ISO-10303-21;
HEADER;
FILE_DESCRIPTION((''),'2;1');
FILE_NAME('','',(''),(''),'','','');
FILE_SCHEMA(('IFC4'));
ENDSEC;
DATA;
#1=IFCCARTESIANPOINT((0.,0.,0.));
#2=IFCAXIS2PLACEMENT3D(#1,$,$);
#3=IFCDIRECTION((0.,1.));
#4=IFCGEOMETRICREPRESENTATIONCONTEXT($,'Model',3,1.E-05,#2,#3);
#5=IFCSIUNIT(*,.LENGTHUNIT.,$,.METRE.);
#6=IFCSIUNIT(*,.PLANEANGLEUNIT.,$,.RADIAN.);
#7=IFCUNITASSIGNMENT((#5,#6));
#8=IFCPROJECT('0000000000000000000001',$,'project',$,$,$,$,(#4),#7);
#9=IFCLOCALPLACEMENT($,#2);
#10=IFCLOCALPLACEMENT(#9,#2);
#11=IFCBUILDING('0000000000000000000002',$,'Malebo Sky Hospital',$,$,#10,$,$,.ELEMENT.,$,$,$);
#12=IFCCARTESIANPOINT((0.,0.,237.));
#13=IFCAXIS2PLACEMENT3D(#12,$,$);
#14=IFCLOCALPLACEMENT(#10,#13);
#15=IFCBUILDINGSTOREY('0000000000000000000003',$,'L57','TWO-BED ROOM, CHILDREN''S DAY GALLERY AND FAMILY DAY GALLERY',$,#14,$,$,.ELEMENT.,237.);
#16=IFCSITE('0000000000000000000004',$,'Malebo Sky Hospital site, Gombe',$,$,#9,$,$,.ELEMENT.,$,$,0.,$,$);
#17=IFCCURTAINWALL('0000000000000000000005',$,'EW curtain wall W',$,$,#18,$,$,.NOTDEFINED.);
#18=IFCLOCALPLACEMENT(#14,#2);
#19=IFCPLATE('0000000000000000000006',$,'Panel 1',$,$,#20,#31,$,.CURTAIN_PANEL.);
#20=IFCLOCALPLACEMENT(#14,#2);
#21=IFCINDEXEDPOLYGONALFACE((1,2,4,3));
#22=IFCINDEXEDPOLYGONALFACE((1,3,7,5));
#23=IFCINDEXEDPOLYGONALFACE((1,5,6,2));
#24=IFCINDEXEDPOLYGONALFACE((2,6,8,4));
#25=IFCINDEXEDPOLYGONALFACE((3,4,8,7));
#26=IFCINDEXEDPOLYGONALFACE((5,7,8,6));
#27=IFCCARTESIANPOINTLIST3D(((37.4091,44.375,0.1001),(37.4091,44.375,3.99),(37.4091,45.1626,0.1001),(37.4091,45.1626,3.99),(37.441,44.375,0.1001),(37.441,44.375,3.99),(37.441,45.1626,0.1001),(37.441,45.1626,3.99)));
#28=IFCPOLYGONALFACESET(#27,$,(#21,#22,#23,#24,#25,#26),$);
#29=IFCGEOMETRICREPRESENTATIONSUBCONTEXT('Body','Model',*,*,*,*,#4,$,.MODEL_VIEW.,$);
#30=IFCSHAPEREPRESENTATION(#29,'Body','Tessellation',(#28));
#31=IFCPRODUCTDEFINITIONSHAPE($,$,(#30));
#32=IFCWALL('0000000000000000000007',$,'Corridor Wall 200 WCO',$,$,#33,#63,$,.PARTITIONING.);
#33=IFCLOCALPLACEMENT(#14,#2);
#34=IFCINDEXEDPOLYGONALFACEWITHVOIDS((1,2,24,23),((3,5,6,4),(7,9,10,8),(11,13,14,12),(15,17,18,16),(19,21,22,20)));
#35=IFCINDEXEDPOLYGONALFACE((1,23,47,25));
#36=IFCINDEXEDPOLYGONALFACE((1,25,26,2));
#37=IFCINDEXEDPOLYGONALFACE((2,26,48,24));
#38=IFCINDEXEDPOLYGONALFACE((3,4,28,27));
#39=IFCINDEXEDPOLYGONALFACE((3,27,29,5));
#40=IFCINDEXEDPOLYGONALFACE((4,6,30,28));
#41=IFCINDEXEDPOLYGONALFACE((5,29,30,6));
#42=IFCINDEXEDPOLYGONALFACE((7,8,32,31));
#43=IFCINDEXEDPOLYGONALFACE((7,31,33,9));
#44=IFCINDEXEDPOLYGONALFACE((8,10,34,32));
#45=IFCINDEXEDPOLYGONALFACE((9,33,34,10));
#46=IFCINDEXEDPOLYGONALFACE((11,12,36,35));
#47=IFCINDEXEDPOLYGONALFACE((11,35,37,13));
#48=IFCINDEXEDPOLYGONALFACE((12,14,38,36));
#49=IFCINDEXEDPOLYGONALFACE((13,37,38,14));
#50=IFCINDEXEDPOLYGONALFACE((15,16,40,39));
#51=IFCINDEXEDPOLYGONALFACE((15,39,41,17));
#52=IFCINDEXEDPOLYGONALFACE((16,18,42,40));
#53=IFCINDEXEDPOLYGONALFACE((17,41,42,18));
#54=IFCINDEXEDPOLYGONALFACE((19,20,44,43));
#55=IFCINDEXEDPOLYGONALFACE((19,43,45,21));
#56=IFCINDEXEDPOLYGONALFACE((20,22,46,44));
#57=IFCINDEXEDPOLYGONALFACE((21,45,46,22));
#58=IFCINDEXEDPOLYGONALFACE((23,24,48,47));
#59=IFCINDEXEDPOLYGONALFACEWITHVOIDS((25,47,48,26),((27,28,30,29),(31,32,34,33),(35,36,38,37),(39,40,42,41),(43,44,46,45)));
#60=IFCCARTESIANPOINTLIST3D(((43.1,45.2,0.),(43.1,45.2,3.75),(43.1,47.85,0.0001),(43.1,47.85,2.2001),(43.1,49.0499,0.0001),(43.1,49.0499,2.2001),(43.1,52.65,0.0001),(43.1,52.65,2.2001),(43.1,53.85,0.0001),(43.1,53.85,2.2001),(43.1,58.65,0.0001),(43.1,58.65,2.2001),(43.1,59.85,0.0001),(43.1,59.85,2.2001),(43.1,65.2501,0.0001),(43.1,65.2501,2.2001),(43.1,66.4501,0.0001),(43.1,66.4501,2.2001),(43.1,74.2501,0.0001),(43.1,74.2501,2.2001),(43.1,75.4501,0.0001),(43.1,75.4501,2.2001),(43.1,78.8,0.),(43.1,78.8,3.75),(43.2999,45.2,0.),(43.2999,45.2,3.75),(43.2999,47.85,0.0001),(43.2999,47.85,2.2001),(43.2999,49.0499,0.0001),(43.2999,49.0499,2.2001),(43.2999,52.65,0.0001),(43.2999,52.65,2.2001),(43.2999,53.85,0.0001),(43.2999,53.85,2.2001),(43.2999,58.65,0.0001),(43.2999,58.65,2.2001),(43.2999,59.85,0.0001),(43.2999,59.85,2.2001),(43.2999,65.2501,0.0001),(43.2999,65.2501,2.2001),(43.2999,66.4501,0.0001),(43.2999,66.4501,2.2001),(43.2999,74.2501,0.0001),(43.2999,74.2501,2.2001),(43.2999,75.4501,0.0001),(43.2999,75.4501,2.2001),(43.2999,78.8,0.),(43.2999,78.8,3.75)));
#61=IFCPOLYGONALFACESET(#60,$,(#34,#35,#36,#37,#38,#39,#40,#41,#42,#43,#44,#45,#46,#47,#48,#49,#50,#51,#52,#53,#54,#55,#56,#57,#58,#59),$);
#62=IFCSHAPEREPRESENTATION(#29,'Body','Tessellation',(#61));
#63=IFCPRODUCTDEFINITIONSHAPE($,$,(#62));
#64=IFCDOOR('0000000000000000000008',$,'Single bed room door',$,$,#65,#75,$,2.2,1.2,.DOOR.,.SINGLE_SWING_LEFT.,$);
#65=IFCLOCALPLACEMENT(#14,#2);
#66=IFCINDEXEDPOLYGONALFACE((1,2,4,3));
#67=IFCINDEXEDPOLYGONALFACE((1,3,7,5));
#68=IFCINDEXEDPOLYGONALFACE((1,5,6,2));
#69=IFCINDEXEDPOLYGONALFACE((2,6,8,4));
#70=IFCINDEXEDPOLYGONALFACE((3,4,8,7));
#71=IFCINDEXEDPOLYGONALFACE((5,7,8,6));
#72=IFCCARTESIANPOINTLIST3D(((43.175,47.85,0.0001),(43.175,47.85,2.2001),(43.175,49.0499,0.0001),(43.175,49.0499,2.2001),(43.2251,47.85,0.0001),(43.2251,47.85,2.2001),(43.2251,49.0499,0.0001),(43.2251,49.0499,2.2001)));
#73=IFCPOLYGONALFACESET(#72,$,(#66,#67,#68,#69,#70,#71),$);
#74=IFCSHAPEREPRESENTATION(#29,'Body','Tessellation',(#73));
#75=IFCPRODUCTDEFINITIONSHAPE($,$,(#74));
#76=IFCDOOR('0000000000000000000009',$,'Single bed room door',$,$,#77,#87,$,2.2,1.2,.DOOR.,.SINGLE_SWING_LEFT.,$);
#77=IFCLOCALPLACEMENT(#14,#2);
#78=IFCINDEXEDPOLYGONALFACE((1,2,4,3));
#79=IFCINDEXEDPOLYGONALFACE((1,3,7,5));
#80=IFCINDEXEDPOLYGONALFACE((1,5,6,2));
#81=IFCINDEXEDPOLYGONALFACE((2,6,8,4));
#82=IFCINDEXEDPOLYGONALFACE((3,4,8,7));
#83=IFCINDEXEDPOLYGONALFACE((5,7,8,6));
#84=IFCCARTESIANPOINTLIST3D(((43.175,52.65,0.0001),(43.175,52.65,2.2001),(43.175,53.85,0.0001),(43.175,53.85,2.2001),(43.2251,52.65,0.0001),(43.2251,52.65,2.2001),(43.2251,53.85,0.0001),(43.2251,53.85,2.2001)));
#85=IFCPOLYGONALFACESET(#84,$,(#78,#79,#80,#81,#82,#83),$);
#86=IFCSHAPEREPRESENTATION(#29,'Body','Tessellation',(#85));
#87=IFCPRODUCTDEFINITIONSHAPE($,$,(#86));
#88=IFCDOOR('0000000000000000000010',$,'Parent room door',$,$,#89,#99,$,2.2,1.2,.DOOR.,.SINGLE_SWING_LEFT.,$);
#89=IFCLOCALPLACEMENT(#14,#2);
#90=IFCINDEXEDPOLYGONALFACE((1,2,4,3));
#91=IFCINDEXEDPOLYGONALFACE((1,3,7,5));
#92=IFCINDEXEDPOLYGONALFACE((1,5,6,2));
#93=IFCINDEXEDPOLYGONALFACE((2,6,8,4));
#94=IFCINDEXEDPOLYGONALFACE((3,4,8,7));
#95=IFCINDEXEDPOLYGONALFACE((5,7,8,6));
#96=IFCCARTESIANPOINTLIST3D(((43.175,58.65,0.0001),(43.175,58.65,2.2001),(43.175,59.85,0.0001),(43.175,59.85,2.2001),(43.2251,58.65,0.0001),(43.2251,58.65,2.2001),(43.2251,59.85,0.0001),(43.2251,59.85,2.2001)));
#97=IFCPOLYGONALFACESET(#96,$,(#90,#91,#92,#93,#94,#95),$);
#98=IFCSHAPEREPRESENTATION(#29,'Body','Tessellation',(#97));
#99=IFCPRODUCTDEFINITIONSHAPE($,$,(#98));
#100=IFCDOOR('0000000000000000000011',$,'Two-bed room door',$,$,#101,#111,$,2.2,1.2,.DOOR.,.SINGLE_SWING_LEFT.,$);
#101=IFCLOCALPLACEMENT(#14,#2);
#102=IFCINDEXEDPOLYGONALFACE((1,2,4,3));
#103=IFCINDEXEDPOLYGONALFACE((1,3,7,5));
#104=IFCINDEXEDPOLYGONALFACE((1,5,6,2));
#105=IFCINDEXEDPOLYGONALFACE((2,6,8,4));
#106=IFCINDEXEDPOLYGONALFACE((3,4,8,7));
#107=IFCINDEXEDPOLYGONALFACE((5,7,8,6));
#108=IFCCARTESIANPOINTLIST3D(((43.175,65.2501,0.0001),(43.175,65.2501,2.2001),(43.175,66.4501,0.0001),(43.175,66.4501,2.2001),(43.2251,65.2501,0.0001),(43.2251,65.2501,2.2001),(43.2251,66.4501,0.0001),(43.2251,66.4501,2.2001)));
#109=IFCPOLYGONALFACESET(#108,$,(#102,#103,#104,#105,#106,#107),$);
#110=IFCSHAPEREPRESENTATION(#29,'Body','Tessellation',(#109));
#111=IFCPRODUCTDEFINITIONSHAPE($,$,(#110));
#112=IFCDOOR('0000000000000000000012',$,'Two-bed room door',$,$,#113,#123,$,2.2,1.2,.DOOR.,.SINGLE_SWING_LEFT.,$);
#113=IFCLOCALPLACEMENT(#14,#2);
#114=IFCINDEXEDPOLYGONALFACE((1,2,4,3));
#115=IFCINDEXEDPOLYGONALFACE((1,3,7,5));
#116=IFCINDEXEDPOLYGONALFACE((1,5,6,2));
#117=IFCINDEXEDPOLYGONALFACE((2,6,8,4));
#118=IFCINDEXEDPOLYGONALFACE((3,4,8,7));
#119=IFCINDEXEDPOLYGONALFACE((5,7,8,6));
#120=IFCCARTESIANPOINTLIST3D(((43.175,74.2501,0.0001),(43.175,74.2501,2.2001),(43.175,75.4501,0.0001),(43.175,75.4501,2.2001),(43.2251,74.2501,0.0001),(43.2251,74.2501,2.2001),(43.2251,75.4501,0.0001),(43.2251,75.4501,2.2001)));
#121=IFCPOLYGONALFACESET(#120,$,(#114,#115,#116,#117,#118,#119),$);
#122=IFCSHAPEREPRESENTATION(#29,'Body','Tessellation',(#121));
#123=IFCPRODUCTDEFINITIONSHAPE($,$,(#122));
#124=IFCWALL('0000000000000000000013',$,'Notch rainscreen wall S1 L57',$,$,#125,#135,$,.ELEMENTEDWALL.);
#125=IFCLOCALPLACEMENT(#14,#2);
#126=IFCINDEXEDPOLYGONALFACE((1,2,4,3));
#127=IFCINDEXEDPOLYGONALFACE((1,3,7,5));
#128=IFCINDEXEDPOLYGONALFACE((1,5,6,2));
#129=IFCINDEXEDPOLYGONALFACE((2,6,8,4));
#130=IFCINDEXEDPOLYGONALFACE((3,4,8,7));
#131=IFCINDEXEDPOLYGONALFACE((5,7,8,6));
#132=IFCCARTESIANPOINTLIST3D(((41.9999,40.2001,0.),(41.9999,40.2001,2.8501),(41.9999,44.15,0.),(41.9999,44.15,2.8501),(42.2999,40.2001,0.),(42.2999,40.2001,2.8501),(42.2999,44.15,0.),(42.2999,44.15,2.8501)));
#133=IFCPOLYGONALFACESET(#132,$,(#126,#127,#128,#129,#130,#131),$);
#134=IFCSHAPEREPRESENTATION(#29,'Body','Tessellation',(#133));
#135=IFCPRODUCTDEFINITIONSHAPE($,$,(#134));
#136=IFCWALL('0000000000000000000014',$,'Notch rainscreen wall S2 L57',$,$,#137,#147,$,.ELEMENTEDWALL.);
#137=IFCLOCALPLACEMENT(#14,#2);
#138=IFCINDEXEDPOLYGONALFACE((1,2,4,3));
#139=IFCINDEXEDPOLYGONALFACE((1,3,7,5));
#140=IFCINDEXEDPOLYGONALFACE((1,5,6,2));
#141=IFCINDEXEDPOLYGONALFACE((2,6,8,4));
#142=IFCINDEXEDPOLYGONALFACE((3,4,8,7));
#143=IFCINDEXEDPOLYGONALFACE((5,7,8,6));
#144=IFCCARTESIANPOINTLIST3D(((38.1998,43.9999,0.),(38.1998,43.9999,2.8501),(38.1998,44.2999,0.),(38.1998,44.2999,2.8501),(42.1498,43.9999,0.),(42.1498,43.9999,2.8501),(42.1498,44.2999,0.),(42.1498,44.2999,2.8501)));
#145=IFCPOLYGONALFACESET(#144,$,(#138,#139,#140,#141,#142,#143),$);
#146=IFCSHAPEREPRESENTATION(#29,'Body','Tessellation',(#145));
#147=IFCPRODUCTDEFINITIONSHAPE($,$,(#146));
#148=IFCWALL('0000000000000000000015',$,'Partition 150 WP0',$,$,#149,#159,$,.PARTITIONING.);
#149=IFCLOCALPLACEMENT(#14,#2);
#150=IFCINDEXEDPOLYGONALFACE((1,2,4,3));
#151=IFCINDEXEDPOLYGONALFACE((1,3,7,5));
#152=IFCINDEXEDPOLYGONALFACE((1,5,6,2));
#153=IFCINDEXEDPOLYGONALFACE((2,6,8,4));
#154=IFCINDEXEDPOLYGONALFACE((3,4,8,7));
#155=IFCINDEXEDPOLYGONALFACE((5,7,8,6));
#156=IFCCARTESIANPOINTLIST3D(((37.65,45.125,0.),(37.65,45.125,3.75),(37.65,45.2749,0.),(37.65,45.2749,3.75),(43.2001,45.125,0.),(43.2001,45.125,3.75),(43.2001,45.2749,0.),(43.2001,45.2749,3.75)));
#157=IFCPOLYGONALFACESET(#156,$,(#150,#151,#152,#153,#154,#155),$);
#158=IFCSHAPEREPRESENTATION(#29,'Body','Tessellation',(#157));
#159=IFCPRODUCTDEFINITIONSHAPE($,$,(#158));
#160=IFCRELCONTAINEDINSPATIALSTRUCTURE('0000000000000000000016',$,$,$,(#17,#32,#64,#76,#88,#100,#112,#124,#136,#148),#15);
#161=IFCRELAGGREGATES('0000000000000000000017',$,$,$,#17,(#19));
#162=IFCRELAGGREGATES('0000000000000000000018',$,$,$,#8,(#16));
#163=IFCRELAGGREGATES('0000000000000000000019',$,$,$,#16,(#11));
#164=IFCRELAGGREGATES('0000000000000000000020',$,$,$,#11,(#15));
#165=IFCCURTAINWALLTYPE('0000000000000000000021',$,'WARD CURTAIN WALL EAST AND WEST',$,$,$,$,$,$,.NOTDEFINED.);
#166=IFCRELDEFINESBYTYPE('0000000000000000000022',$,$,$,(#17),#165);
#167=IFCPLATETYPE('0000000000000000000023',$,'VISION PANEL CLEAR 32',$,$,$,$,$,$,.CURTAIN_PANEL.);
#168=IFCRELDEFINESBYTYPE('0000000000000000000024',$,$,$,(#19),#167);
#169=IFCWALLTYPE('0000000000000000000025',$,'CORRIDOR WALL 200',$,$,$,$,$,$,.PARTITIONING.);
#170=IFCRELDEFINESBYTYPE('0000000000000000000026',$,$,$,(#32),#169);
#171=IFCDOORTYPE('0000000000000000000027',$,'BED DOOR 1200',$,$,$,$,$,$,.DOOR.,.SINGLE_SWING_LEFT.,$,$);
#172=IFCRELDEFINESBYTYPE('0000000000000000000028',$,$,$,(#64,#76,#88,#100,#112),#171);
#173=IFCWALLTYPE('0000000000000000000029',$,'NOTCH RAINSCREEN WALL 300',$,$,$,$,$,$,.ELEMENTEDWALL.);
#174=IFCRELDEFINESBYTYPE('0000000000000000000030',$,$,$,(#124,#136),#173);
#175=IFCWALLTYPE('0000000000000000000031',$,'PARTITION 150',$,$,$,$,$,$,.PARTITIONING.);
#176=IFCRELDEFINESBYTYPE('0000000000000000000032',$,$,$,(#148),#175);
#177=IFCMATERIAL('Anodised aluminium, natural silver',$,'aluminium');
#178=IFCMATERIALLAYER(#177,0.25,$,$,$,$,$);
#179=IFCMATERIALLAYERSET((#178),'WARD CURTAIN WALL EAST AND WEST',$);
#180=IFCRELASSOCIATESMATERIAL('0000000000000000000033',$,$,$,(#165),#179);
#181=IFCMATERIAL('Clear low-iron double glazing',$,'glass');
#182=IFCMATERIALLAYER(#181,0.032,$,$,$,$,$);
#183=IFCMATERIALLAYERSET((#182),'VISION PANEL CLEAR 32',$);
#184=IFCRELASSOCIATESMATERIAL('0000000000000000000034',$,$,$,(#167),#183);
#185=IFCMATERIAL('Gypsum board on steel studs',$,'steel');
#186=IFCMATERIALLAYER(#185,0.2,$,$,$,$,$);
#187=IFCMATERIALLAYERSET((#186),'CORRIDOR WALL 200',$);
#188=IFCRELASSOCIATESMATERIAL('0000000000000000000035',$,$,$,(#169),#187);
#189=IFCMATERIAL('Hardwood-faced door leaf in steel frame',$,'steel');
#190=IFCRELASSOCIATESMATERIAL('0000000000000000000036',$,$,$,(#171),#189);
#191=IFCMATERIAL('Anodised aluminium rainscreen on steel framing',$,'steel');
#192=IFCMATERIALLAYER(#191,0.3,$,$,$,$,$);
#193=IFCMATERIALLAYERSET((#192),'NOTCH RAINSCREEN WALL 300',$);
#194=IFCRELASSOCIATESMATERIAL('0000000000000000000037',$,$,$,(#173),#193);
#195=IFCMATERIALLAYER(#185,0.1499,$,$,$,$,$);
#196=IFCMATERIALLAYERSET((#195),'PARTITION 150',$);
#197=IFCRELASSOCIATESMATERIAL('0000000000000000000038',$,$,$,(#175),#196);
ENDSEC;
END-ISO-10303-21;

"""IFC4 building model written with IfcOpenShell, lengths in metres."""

from ifc_helpers import new_model, si_unit, direction, frame, frame_2d, origin, origin_2d, place, context, subcontext, project, spatial, rectangle, extrude, material, layer, layer_set, type_object, element, fill, aggregate, save


model = new_model("IFC4")

# Units and contexts
model_context = context("Model", 3, precision=1e-05, world=origin(), true_north=direction((0.0, 1.0)))
body_context = subcontext(model_context, "Body", "Model", "MODEL_VIEW")
ifc_project = project(units=[si_unit("LENGTHUNIT", "METRE"), si_unit("PLANEANGLEUNIT", "RADIAN")], contexts=[model_context])

# Site, building, storey
site_placement = place(None, origin())
site = spatial("IfcSite", under=ifc_project, at=site_placement, Name="Malebo Sky Hospital site, Gombe", CompositionType="ELEMENT", RefElevation=0.0)
building_placement = place(site_placement, origin())
building = spatial("IfcBuilding", under=site, at=building_placement, Name="Malebo Sky Hospital", CompositionType="ELEMENT")
storey_placement = place(building_placement, frame((0.0, 0.0, 237.0)))
storey = spatial("IfcBuildingStorey", under=building, at=storey_placement, Name="L57", Description="TWO-BED ROOM, CHILDREN'S DAY GALLERY AND FAMILY DAY GALLERY", CompositionType="ELEMENT", Elevation=237.0)

# Curtain wall
ifc_material_1 = material(Name="Anodised aluminium, natural silver", Category="aluminium")
ifc_layer_1 = layer(ifc_material_1, 0.25)
ifc_layer_set_1 = layer_set([ifc_layer_1], Name="WARD CURTAIN WALL EAST AND WEST")
curtain_wall_type_1 = type_object("IfcCurtainWallType", Name="WARD CURTAIN WALL EAST AND WEST", PredefinedType="NOTDEFINED", material=ifc_layer_set_1)
curtain_wall_1_placement = place(storey_placement, origin())
curtain_wall_1 = element("IfcCurtainWall", 1, at=curtain_wall_1_placement, inside=storey, type_object=curtain_wall_type_1, Name="EW curtain wall W", PredefinedType="NOTDEFINED")

# Plate
ifc_material_2 = material(Name="Clear low-iron double glazing", Category="glass")
ifc_layer_2 = layer(ifc_material_2, 0.032)
ifc_layer_set_2 = layer_set([ifc_layer_2], Name="VISION PANEL CLEAR 32")
plate_type = type_object("IfcPlateType", Name="VISION PANEL CLEAR 32", PredefinedType="CURTAIN_PANEL", material=ifc_layer_set_2)
plate_placement = place(storey_placement, frame((37.425, 44.7688, 0.1001), z_axis=(0.0, 0.0, 1.0), x_axis=(0.0, 1.0, 0.0)))
plate = element("IfcPlate", 2, at=plate_placement, type_object=plate_type, Name="Panel 1", PredefinedType="CURTAIN_PANEL", context=body_context, shape_type="SweptSolid", body=[
    extrude(rectangle(XDim=0.7876, YDim=0.032, at=origin_2d()), origin(), (0.0, 0.0, 1.0), 3.8899),
])
aggregate(curtain_wall_1, [plate])

# Wall, openings, doors
ifc_material_3 = material(Name="Gypsum board on steel studs", Category="steel")
ifc_layer_3 = layer(ifc_material_3, 0.2)
ifc_layer_set_3 = layer_set([ifc_layer_3], Name="CORRIDOR WALL 200")
wall_type_1 = type_object("IfcWallType", Name="CORRIDOR WALL 200", PredefinedType="PARTITIONING", material=ifc_layer_set_3)
wall_1_placement = place(storey_placement, frame((43.2, 45.2, 0.0), z_axis=(0.0, 0.0, 1.0), x_axis=(0.0, 1.0, 0.0)))
wall_1 = element("IfcWall", 3, at=wall_1_placement, inside=storey, type_object=wall_type_1, Name="Corridor Wall 200 WCO", PredefinedType="PARTITIONING", context=body_context, shape_type="SweptSolid", body=[
    extrude(rectangle(XDim=33.6001, YDim=0.2, at=frame_2d((16.8, 0.0))), origin(), (0.0, 0.0, 1.0), 3.75),
])
opening_1_placement = place(wall_1_placement, frame((2.6499, 0.0, 0.0)))
opening_1 = element("IfcOpeningElement", 4, at=opening_1_placement, cuts=wall_1, PredefinedType="OPENING", context=body_context, shape_type="SweptSolid", body=[
    extrude(rectangle(XDim=1.2, YDim=2.2, at=frame_2d((0.6001, 1.1001))), frame((0.0, 0.1099, 0.0), z_axis=(0.0, -1.0, 0.0), x_axis=(1.0, 0.0, 0.0)), (0.0, 0.0, 1.0), 0.22),
])
opening_2_placement = place(wall_1_placement, frame((7.45, 0.0, 0.0)))
opening_2 = element("IfcOpeningElement", 5, at=opening_2_placement, cuts=wall_1, PredefinedType="OPENING", context=body_context, shape_type="SweptSolid", body=[
    extrude(rectangle(XDim=1.2, YDim=2.2, at=frame_2d((0.6001, 1.1001))), frame((0.0, 0.1099, 0.0), z_axis=(0.0, -1.0, 0.0), x_axis=(1.0, 0.0, 0.0)), (0.0, 0.0, 1.0), 0.22),
])
opening_3_placement = place(wall_1_placement, frame((13.45, 0.0, 0.0)))
opening_3 = element("IfcOpeningElement", 6, at=opening_3_placement, cuts=wall_1, PredefinedType="OPENING", context=body_context, shape_type="SweptSolid", body=[
    extrude(rectangle(XDim=1.2, YDim=2.2, at=frame_2d((0.6001, 1.1001))), frame((0.0, 0.1099, 0.0), z_axis=(0.0, -1.0, 0.0), x_axis=(1.0, 0.0, 0.0)), (0.0, 0.0, 1.0), 0.22),
])
opening_4_placement = place(wall_1_placement, frame((20.05, 0.0, 0.0)))
opening_4 = element("IfcOpeningElement", 7, at=opening_4_placement, cuts=wall_1, PredefinedType="OPENING", context=body_context, shape_type="SweptSolid", body=[
    extrude(rectangle(XDim=1.2, YDim=2.2, at=frame_2d((0.6001, 1.1001))), frame((0.0, 0.1099, 0.0), z_axis=(0.0, -1.0, 0.0), x_axis=(1.0, 0.0, 0.0)), (0.0, 0.0, 1.0), 0.22),
])
opening_5_placement = place(wall_1_placement, frame((29.05, 0.0, 0.0)))
opening_5 = element("IfcOpeningElement", 8, at=opening_5_placement, cuts=wall_1, PredefinedType="OPENING", context=body_context, shape_type="SweptSolid", body=[
    extrude(rectangle(XDim=1.2, YDim=2.2, at=frame_2d((0.6001, 1.1001))), frame((0.0, 0.1099, 0.0), z_axis=(0.0, -1.0, 0.0), x_axis=(1.0, 0.0, 0.0)), (0.0, 0.0, 1.0), 0.22),
])
ifc_material_4 = material(Name="Hardwood-faced door leaf in steel frame", Category="steel")
door_type_1 = type_object("IfcDoorType", Name="BED DOOR 1200", OperationType="SINGLE_SWING_LEFT", PredefinedType="DOOR", material=ifc_material_4)
door_1_placement = place(opening_1_placement, origin())
door_1 = element("IfcDoor", 9, at=door_1_placement, inside=storey, type_object=door_type_1, Name="Single bed room door", OperationType="SINGLE_SWING_LEFT", OverallHeight=2.2, OverallWidth=1.2, PredefinedType="DOOR", context=body_context, shape_type="SweptSolid", body=[
    extrude(rectangle(XDim=1.2, YDim=2.2, at=frame_2d((0.6001, 1.1001))), frame((0.0, 0.0249, 0.0), z_axis=(0.0, -1.0, 0.0), x_axis=(1.0, 0.0, 0.0)), (0.0, 0.0, 1.0), 0.05),
])
fill(opening_1, door_1)
door_2_placement = place(opening_2_placement, origin())
door_2 = element("IfcDoor", 10, at=door_2_placement, inside=storey, type_object=door_type_1, Name="Single bed room door", OperationType="SINGLE_SWING_LEFT", OverallHeight=2.2, OverallWidth=1.2, PredefinedType="DOOR", context=body_context, shape_type="SweptSolid", body=[
    extrude(rectangle(XDim=1.2, YDim=2.2, at=frame_2d((0.6001, 1.1001))), frame((0.0, 0.0249, 0.0), z_axis=(0.0, -1.0, 0.0), x_axis=(1.0, 0.0, 0.0)), (0.0, 0.0, 1.0), 0.05),
])
fill(opening_2, door_2)
door_3_placement = place(opening_3_placement, origin())
door_3 = element("IfcDoor", 11, at=door_3_placement, inside=storey, type_object=door_type_1, Name="Parent room door", OperationType="SINGLE_SWING_LEFT", OverallHeight=2.2, OverallWidth=1.2, PredefinedType="DOOR", context=body_context, shape_type="SweptSolid", body=[
    extrude(rectangle(XDim=1.2, YDim=2.2, at=frame_2d((0.6001, 1.1001))), frame((0.0, 0.0249, 0.0), z_axis=(0.0, -1.0, 0.0), x_axis=(1.0, 0.0, 0.0)), (0.0, 0.0, 1.0), 0.05),
])
fill(opening_3, door_3)
door_4_placement = place(opening_4_placement, origin())
door_4 = element("IfcDoor", 12, at=door_4_placement, inside=storey, type_object=door_type_1, Name="Two-bed room door", OperationType="SINGLE_SWING_LEFT", OverallHeight=2.2, OverallWidth=1.2, PredefinedType="DOOR", context=body_context, shape_type="SweptSolid", body=[
    extrude(rectangle(XDim=1.2, YDim=2.2, at=frame_2d((0.6001, 1.1001))), frame((0.0, 0.0249, 0.0), z_axis=(0.0, -1.0, 0.0), x_axis=(1.0, 0.0, 0.0)), (0.0, 0.0, 1.0), 0.05),
])
fill(opening_4, door_4)
door_5_placement = place(opening_5_placement, origin())
door_5 = element("IfcDoor", 13, at=door_5_placement, inside=storey, type_object=door_type_1, Name="Two-bed room door", OperationType="SINGLE_SWING_LEFT", OverallHeight=2.2, OverallWidth=1.2, PredefinedType="DOOR", context=body_context, shape_type="SweptSolid", body=[
    extrude(rectangle(XDim=1.2, YDim=2.2, at=frame_2d((0.6001, 1.1001))), frame((0.0, 0.0249, 0.0), z_axis=(0.0, -1.0, 0.0), x_axis=(1.0, 0.0, 0.0)), (0.0, 0.0, 1.0), 0.05),
])
fill(opening_5, door_5)

# Walls
ifc_material_5 = material(Name="Anodised aluminium rainscreen on steel framing", Category="steel")
ifc_layer_4 = layer(ifc_material_5, 0.3)
ifc_layer_set_4 = layer_set([ifc_layer_4], Name="NOTCH RAINSCREEN WALL 300")
wall_type_2 = type_object("IfcWallType", Name="NOTCH RAINSCREEN WALL 300", PredefinedType="ELEMENTEDWALL", material=ifc_layer_set_4)
for number, where, z_axis, x_axis, name in (
    (14, (42.1499, 40.2, 0.0), (0.0, 0.0, 1.0), (0.0, 1.0, 0.0), "Notch rainscreen wall S1 L57"),
    (15, (42.1499, 44.1499, 0.0), (0.0, 0.0, 1.0), (-1.0, 0.0, 0.0), "Notch rainscreen wall S2 L57"),
):
    element("IfcWall", number, at=place(storey_placement, frame(where, z_axis=z_axis, x_axis=x_axis)), inside=storey, type_object=wall_type_2, Name=name, PredefinedType="ELEMENTEDWALL", context=body_context, shape_type="SweptSolid", body=[
        extrude(rectangle(XDim=3.95, YDim=0.3, at=frame_2d((1.9751, 0.0))), origin(), (0.0, 0.0, 1.0), 2.8501),
    ])
ifc_layer_5 = layer(ifc_material_3, 0.1499)
ifc_layer_set_5 = layer_set([ifc_layer_5], Name="PARTITION 150")
wall_type_3 = type_object("IfcWallType", Name="PARTITION 150", PredefinedType="PARTITIONING", material=ifc_layer_set_5)
wall_2_placement = place(storey_placement, frame((43.2, 45.2, 0.0), z_axis=(0.0, 0.0, 1.0), x_axis=(-1.0, 0.0, 0.0)))
element("IfcWall", 16, at=wall_2_placement, inside=storey, type_object=wall_type_3, Name="Partition 150 WP0", PredefinedType="PARTITIONING", context=body_context, shape_type="SweptSolid", body=[
    extrude(rectangle(XDim=5.55, YDim=0.1499, at=frame_2d((2.7749, 0.0))), origin(), (0.0, 0.0, 1.0), 3.75),
])

save(model, "model.ifc")
